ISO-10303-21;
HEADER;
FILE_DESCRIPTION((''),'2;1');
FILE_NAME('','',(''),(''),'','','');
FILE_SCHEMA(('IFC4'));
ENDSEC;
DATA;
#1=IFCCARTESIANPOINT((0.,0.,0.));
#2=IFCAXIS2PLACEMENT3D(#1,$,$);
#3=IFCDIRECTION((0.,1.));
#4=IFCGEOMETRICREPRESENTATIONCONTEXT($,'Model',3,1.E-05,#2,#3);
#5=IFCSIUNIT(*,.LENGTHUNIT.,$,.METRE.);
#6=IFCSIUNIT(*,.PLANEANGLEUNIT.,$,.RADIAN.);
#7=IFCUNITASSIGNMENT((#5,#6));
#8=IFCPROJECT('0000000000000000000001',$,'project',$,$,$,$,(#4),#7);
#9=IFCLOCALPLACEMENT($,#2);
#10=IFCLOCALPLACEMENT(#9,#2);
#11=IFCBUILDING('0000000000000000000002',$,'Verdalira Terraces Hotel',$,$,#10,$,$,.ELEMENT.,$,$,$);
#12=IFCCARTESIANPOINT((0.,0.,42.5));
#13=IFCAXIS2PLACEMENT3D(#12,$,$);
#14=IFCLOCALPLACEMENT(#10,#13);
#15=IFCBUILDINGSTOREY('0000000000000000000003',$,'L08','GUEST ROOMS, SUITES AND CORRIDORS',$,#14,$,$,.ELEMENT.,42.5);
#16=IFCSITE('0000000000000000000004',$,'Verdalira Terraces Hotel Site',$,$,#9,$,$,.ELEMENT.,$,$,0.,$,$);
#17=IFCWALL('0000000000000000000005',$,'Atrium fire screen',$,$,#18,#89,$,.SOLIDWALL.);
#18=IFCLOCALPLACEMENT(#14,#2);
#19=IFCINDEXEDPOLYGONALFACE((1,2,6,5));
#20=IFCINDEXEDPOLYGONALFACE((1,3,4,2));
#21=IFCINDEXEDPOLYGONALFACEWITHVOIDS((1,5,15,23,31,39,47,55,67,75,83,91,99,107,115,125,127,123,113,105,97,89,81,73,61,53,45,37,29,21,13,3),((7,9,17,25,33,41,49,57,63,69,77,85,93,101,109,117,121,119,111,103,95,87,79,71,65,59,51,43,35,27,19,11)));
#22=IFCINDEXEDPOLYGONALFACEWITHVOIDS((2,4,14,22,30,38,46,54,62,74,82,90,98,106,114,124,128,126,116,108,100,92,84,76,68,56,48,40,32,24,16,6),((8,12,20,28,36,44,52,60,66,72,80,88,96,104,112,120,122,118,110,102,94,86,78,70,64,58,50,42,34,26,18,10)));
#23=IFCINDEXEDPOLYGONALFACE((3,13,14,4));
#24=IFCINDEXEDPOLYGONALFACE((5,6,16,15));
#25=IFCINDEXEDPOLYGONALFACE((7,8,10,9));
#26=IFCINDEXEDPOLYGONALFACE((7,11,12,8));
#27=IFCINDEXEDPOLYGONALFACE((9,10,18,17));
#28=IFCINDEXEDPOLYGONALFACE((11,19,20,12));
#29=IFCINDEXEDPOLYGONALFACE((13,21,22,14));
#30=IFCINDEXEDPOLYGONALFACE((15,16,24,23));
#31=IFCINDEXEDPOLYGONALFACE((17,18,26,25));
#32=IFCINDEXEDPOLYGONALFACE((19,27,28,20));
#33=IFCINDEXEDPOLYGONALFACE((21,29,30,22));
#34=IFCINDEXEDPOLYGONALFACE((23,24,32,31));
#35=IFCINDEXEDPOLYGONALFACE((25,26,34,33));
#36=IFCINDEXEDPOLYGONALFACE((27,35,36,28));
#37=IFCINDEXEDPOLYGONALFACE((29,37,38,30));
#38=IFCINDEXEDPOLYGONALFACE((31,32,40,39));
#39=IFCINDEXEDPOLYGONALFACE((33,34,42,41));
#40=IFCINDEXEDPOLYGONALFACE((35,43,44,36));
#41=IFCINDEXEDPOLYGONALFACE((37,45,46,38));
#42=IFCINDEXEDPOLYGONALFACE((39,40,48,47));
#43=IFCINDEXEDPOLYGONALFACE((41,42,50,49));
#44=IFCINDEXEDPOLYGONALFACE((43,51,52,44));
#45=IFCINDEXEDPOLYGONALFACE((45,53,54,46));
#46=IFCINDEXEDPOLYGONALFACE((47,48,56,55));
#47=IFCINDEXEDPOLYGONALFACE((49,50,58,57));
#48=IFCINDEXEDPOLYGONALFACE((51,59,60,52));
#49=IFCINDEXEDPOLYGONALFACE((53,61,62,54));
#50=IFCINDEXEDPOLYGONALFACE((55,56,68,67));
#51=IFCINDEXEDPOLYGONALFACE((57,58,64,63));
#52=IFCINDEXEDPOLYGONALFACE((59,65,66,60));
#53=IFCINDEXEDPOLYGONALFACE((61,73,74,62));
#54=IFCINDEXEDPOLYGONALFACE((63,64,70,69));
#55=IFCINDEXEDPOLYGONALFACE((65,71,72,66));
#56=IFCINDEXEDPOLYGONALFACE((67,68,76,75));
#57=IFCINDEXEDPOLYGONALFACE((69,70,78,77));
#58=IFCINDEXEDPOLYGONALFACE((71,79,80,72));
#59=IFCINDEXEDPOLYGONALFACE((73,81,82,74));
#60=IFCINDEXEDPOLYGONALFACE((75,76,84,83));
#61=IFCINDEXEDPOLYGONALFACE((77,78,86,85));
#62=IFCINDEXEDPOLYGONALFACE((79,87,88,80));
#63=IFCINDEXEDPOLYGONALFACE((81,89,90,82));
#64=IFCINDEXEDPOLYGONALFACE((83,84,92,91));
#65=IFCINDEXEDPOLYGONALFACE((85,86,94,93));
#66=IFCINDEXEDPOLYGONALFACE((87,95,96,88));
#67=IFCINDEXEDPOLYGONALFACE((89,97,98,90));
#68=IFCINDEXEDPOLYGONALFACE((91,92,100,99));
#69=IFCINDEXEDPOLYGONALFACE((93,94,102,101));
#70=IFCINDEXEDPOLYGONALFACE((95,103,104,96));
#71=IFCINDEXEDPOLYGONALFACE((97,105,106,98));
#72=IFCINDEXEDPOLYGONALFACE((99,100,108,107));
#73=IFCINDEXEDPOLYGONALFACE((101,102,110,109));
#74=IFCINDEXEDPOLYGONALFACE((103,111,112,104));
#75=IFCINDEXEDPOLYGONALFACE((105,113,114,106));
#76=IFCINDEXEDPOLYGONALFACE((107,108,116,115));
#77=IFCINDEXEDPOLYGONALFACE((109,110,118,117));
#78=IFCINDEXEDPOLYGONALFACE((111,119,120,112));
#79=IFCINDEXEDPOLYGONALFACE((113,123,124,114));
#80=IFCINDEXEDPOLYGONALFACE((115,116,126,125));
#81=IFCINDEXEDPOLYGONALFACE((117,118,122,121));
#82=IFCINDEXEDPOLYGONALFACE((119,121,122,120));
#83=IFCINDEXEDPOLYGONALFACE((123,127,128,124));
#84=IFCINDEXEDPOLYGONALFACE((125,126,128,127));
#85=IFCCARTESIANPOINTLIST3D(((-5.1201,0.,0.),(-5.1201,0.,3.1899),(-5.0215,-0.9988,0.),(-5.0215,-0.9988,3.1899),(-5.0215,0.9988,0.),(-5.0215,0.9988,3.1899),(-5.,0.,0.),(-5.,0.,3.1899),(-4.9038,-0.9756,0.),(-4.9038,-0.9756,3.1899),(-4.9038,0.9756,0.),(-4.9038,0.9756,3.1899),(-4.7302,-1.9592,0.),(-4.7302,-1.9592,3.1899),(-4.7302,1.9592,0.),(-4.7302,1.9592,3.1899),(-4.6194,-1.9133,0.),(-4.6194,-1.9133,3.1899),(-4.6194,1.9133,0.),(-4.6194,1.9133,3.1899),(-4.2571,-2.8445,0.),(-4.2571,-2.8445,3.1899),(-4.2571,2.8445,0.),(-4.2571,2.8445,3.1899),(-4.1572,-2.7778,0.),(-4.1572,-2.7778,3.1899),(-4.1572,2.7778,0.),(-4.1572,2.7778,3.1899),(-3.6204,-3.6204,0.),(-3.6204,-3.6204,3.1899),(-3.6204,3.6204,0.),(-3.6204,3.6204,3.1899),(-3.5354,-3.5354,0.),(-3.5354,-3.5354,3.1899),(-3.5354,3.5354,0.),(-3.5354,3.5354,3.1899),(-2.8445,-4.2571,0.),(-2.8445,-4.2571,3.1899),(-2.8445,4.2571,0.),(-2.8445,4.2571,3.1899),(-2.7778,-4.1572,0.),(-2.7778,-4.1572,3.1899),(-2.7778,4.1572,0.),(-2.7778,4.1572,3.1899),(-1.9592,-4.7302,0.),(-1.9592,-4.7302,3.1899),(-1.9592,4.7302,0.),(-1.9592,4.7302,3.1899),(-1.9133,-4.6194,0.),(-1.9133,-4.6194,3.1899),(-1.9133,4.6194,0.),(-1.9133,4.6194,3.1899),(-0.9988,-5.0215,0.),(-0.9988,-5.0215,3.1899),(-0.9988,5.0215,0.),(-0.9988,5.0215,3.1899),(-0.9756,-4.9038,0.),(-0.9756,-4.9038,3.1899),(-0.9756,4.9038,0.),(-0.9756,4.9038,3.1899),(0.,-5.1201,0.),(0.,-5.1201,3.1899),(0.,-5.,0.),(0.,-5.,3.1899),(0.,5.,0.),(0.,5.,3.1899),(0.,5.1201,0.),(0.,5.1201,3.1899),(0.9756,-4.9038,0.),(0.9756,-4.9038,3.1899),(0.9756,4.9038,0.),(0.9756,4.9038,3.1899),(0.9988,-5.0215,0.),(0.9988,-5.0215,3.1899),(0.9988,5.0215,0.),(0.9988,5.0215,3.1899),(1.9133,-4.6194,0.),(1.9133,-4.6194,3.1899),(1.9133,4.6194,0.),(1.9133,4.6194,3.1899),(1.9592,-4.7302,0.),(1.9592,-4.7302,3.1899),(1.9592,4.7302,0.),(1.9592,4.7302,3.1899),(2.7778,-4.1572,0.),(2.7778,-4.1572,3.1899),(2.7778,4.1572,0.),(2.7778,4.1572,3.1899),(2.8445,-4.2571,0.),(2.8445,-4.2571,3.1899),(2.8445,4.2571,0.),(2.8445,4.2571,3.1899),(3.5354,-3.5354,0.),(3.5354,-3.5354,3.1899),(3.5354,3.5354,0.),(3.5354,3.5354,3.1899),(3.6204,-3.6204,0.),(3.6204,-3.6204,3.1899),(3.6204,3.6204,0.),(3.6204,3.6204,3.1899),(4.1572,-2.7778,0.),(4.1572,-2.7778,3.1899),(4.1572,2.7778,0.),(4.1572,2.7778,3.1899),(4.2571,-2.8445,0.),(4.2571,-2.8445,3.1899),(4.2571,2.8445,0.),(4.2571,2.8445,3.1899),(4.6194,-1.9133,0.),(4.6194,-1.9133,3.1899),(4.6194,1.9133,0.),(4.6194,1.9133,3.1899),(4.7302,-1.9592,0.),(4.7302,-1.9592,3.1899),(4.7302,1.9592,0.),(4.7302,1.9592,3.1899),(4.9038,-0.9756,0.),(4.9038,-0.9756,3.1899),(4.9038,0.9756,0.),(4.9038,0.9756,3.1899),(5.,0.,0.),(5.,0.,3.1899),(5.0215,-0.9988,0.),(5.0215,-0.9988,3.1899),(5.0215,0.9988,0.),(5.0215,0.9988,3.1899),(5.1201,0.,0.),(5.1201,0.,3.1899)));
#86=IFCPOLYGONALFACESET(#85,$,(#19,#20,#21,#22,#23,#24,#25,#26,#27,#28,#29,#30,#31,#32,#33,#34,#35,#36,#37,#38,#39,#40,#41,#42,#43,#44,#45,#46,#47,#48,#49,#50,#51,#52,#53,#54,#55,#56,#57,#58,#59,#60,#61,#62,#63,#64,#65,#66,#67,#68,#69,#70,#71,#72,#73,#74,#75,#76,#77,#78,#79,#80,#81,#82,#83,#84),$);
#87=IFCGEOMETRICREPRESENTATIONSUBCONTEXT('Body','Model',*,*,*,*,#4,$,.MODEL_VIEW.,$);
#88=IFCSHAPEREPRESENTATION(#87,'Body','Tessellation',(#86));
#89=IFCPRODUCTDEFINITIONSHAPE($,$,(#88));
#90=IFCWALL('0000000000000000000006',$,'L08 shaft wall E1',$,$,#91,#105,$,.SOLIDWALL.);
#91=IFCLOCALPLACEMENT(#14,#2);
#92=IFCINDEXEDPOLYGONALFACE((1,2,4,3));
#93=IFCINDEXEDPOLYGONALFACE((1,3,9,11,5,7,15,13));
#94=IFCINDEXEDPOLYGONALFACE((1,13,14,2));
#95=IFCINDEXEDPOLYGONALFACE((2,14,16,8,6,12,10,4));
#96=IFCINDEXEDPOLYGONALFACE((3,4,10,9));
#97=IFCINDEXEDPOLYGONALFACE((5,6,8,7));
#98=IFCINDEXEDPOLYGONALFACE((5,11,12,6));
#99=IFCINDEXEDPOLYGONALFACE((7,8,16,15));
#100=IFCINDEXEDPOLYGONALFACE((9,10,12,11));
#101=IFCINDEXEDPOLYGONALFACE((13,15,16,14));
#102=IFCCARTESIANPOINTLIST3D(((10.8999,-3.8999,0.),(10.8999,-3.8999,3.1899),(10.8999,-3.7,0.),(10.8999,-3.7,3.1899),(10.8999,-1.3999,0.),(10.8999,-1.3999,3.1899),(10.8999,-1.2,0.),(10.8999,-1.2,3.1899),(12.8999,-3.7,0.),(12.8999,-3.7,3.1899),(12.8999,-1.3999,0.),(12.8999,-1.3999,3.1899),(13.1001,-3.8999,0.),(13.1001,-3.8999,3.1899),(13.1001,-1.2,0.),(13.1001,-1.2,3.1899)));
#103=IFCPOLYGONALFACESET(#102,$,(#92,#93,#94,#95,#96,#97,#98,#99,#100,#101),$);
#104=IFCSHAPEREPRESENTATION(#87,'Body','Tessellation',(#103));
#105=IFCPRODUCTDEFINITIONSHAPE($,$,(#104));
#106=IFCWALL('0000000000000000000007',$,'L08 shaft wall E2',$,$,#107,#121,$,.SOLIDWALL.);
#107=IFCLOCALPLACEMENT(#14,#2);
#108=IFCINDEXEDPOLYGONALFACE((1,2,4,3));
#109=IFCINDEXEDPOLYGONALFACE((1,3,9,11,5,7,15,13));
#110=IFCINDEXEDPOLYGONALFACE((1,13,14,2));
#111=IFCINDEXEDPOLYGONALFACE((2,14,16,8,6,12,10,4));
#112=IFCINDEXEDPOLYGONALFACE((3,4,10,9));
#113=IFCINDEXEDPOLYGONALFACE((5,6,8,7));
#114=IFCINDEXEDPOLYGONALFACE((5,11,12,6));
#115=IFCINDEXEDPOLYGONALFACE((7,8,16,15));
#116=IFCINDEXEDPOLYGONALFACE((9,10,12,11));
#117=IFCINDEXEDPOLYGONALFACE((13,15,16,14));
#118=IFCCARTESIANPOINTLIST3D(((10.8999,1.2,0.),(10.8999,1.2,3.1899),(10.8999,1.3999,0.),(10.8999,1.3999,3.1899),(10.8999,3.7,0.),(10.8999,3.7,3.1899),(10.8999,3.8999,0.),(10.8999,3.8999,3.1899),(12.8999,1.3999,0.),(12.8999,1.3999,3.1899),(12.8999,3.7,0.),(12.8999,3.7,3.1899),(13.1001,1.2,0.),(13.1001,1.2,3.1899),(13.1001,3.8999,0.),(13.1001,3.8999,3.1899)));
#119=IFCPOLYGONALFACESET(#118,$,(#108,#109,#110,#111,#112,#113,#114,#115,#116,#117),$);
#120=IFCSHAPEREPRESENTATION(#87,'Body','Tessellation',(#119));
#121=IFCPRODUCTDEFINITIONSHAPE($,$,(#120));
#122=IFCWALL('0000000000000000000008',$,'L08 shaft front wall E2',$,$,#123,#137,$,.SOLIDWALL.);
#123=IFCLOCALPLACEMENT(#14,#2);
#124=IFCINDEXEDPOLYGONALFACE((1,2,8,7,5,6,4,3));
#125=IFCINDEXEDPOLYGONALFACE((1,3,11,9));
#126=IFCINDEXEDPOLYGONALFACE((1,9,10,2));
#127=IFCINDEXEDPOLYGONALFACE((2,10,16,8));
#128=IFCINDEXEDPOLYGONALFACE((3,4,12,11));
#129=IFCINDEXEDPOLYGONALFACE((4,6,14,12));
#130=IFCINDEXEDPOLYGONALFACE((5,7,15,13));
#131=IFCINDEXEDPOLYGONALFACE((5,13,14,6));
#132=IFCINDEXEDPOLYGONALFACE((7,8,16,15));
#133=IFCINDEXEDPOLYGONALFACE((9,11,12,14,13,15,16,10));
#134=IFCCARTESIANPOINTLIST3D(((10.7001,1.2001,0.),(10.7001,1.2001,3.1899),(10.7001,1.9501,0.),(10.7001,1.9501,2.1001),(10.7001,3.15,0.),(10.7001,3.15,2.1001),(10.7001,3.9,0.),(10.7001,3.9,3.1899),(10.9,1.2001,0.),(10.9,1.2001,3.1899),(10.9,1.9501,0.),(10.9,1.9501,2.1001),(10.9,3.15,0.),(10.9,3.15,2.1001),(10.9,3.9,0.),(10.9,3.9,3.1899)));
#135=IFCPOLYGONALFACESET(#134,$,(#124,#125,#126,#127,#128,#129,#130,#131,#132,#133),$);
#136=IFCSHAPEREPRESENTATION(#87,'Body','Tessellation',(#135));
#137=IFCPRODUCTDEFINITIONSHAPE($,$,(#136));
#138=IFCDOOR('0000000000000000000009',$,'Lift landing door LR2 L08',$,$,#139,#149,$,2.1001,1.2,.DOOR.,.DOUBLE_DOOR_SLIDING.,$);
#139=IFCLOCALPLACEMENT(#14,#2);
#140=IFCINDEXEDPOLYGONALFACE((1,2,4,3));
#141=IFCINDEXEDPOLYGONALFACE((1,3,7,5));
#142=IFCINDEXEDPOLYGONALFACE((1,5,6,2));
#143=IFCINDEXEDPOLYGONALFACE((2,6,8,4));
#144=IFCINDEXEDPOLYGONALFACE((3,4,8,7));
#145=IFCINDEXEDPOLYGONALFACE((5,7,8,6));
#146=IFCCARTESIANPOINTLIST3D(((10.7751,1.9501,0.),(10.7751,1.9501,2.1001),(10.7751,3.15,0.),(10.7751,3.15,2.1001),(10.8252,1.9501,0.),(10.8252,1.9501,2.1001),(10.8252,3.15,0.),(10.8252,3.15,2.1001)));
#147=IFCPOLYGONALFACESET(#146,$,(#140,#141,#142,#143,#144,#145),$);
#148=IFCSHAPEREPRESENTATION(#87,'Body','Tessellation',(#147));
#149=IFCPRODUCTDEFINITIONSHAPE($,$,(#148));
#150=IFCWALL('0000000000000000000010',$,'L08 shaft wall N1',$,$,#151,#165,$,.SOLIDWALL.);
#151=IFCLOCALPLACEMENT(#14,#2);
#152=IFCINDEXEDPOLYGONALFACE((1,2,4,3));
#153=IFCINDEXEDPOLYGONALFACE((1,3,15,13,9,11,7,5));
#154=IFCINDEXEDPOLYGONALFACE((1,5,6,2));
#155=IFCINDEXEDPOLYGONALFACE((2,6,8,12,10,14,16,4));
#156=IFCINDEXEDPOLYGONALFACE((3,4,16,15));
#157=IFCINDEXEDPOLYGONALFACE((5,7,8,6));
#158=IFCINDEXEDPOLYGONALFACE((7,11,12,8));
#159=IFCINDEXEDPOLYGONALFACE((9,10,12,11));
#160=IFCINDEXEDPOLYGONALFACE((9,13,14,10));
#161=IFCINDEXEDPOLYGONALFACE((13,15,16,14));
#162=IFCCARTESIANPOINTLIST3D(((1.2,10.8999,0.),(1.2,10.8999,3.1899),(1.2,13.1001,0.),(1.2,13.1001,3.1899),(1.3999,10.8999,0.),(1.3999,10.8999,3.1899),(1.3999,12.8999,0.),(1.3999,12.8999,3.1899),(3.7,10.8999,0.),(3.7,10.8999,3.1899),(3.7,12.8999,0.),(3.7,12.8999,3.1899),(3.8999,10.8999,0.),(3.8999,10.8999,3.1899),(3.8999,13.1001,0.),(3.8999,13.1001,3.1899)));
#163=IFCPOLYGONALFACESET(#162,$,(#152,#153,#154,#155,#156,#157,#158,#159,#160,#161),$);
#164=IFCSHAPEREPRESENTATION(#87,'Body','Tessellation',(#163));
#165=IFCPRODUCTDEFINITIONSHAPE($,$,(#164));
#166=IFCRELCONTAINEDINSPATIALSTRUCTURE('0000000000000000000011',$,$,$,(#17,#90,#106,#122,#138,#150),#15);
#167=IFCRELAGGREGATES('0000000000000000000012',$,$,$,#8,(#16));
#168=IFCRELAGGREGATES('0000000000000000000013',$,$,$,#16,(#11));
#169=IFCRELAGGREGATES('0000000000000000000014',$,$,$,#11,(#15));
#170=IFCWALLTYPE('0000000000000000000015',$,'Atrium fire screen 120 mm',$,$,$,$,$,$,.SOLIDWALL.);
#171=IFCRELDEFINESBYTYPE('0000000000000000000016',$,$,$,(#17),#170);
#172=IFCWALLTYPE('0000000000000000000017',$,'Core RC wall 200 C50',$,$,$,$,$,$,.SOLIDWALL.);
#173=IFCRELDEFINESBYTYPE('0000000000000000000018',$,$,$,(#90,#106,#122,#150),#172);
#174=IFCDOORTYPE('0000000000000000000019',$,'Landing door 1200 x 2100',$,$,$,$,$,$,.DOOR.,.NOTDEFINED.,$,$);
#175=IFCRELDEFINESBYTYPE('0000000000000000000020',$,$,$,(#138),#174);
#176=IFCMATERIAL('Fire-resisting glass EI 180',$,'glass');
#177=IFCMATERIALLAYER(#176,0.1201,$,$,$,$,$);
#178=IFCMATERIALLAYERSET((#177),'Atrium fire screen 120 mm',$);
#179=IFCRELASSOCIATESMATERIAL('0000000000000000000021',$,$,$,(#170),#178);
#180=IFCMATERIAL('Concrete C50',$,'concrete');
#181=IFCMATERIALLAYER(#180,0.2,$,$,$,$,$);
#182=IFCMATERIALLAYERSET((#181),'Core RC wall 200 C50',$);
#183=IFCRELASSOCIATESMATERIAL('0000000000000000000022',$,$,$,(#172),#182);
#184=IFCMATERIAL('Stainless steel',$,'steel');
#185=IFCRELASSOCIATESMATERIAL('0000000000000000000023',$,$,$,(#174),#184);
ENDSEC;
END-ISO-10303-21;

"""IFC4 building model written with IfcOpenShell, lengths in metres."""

from ifc_helpers import new_model, si_unit, direction, frame, frame_2d, origin, place, context, subcontext, project, spatial, polyline, rectangle, outline, extrude, material, layer, layer_set, type_object, element, fill, save


model = new_model("IFC4")

# Units and contexts
model_context = context("Model", 3, precision=1e-05, world=origin(), true_north=direction((0.0, 1.0)))
body_context = subcontext(model_context, "Body", "Model", "MODEL_VIEW")
ifc_project = project(units=[si_unit("LENGTHUNIT", "METRE"), si_unit("PLANEANGLEUNIT", "RADIAN")], contexts=[model_context])

# Site, building, storey
site_placement = place(None, origin())
site = spatial("IfcSite", under=ifc_project, at=site_placement, Name="Verdalira Terraces Hotel Site", CompositionType="ELEMENT", RefElevation=0.0)
building_placement = place(site_placement, origin())
building = spatial("IfcBuilding", under=site, at=building_placement, Name="Verdalira Terraces Hotel", CompositionType="ELEMENT")
storey_placement = place(building_placement, frame((0.0, 0.0, 42.5)))
storey = spatial("IfcBuildingStorey", under=building, at=storey_placement, Name="L08", Description="GUEST ROOMS, SUITES AND CORRIDORS", CompositionType="ELEMENT", Elevation=42.5)

# Walls
ifc_material_1 = material(Name="Fire-resisting glass EI 180", Category="glass")
ifc_layer_1 = layer(ifc_material_1, 0.1201)
ifc_layer_set_1 = layer_set([ifc_layer_1], Name="Atrium fire screen 120 mm")
wall_type_1 = type_object("IfcWallType", Name="Atrium fire screen 120 mm", PredefinedType="SOLIDWALL", material=ifc_layer_set_1)
wall_1_placement = place(storey_placement, origin())
element("IfcWall", 1, at=wall_1_placement, inside=storey, type_object=wall_type_1, Name="Atrium fire screen", PredefinedType="SOLIDWALL", context=body_context, shape_type="SweptSolid", body=[
    extrude(outline(polyline([(5.0215, -0.9988), (4.7302, -1.9592), (4.2571, -2.8445), (3.6204, -3.6204), (2.8445, -4.2571), (1.9592, -4.7302), (0.9988, -5.0215), (0.0, -5.1201), (-0.9988, -5.0215), (-1.9592, -4.7302), (-2.8445, -4.2571), (-3.6204, -3.6204), (-4.2571, -2.8445), (-4.7302, -1.9592), (-5.0215, -0.9988), (-5.1201, 0.0), (-5.0215, 0.9988), (-4.7302, 1.9592), (-4.2571, 2.8445), (-3.6204, 3.6204), (-2.8445, 4.2571), (-1.9592, 4.7302), (-0.9988, 5.0215), (0.0, 5.1201), (0.9988, 5.0215), (1.9592, 4.7302), (2.8445, 4.2571), (3.6204, 3.6204), (4.2571, 2.8445), (4.7302, 1.9592), (5.0215, 0.9988), (5.1201, 0.0), (5.0215, -0.9988)]), holes=[polyline([(4.9038, 0.9756), (4.6194, 1.9133), (4.1572, 2.7778), (3.5354, 3.5354), (2.7778, 4.1572), (1.9133, 4.6194), (0.9756, 4.9038), (0.0, 5.0), (-0.9756, 4.9038), (-1.9133, 4.6194), (-2.7778, 4.1572), (-3.5354, 3.5354), (-4.1572, 2.7778), (-4.6194, 1.9133), (-4.9038, 0.9756), (-5.0, 0.0), (-4.9038, -0.9756), (-4.6194, -1.9133), (-4.1572, -2.7778), (-3.5354, -3.5354), (-2.7778, -4.1572), (-1.9133, -4.6194), (-0.9756, -4.9038), (0.0, -5.0), (0.9756, -4.9038), (1.9133, -4.6194), (2.7778, -4.1572), (3.5354, -3.5354), (4.1572, -2.7778), (4.6194, -1.9133), (4.9038, -0.9756), (5.0, 0.0), (4.9038, 0.9756)])]), origin(), (0.0, 0.0, 1.0), 3.1899),
])
ifc_material_2 = material(Name="Concrete C50", Category="concrete")
ifc_layer_2 = layer(ifc_material_2, 0.2)
ifc_layer_set_2 = layer_set([ifc_layer_2], Name="Core RC wall 200 C50")
wall_type_2 = type_object("IfcWallType", Name="Core RC wall 200 C50", PredefinedType="SOLIDWALL", material=ifc_layer_set_2)
wall_2_placement = place(storey_placement, origin())
element("IfcWall", 2, at=wall_2_placement, inside=storey, type_object=wall_type_2, Name="L08 shaft wall E1", PredefinedType="SOLIDWALL", context=body_context, shape_type="SweptSolid", body=[
    extrude(outline(polyline([(13.1001, -3.8999), (10.8999, -3.8999), (10.8999, -3.7), (12.8999, -3.7), (12.8999, -1.3999), (10.8999, -1.3999), (10.8999, -1.2), (13.1001, -1.2), (13.1001, -3.8999)])), origin(), (0.0, 0.0, 1.0), 3.1899),
])
wall_3_placement = place(storey_placement, origin())
element("IfcWall", 3, at=wall_3_placement, inside=storey, type_object=wall_type_2, Name="L08 shaft wall E2", PredefinedType="SOLIDWALL", context=body_context, shape_type="SweptSolid", body=[
    extrude(outline(polyline([(13.1001, 3.8999), (13.1001, 1.2), (10.8999, 1.2), (10.8999, 1.3999), (12.8999, 1.3999), (12.8999, 3.7), (10.8999, 3.7), (10.8999, 3.8999), (13.1001, 3.8999)])), origin(), (0.0, 0.0, 1.0), 3.1899),
])

# Wall, opening, door
wall_4_placement = place(storey_placement, frame((10.8, 1.2, 0.0), z_axis=(0.0, 0.0, 1.0), x_axis=(0.0, 1.0, 0.0)))
wall_4 = element("IfcWall", 4, at=wall_4_placement, inside=storey, type_object=wall_type_2, Name="L08 shaft front wall E2", PredefinedType="SOLIDWALL", context=body_context, shape_type="SweptSolid", body=[
    extrude(rectangle(XDim=2.7, YDim=0.2, at=frame_2d((1.3501, 0.0))), origin(), (0.0, 0.0, 1.0), 3.1899),
])
opening_1_placement = place(wall_4_placement, frame((0.75, 0.0, 0.0)))
opening_1 = element("IfcOpeningElement", 5, at=opening_1_placement, cuts=wall_4, PredefinedType="OPENING", context=body_context, shape_type="SweptSolid", body=[
    extrude(rectangle(XDim=1.2, YDim=2.1001, at=frame_2d((0.6001, 1.05))), frame((0.0, 0.1099, 0.0), z_axis=(0.0, -1.0, 0.0), x_axis=(1.0, 0.0, 0.0)), (0.0, 0.0, 1.0), 0.22),
])
ifc_material_3 = material(Name="Stainless steel", Category="steel")
door_type_1 = type_object("IfcDoorType", Name="Landing door 1200 x 2100", OperationType="NOTDEFINED", PredefinedType="DOOR", material=ifc_material_3)
door_1_placement = place(opening_1_placement, origin())
door_1 = element("IfcDoor", 6, at=door_1_placement, inside=storey, type_object=door_type_1, Name="Lift landing door LR2 L08", OperationType="DOUBLE_DOOR_SLIDING", OverallHeight=2.1001, OverallWidth=1.2, PredefinedType="DOOR", context=body_context, shape_type="SweptSolid", body=[
    extrude(rectangle(XDim=1.2, YDim=2.1001, at=frame_2d((0.6001, 1.05))), frame((0.0, 0.0249, 0.0), z_axis=(0.0, -1.0, 0.0), x_axis=(1.0, 0.0, 0.0)), (0.0, 0.0, 1.0), 0.05),
])
fill(opening_1, door_1)

# Wall
wall_5_placement = place(storey_placement, origin())
element("IfcWall", 7, at=wall_5_placement, inside=storey, type_object=wall_type_2, Name="L08 shaft wall N1", PredefinedType="SOLIDWALL", context=body_context, shape_type="SweptSolid", body=[
    extrude(outline(polyline([(3.8999, 13.1001), (3.8999, 10.8999), (3.7, 10.8999), (3.7, 12.8999), (1.3999, 12.8999), (1.3999, 10.8999), (1.2, 10.8999), (1.2, 13.1001), (3.8999, 13.1001)])), origin(), (0.0, 0.0, 1.0), 3.1899),
])

save(model, "model.ifc")
